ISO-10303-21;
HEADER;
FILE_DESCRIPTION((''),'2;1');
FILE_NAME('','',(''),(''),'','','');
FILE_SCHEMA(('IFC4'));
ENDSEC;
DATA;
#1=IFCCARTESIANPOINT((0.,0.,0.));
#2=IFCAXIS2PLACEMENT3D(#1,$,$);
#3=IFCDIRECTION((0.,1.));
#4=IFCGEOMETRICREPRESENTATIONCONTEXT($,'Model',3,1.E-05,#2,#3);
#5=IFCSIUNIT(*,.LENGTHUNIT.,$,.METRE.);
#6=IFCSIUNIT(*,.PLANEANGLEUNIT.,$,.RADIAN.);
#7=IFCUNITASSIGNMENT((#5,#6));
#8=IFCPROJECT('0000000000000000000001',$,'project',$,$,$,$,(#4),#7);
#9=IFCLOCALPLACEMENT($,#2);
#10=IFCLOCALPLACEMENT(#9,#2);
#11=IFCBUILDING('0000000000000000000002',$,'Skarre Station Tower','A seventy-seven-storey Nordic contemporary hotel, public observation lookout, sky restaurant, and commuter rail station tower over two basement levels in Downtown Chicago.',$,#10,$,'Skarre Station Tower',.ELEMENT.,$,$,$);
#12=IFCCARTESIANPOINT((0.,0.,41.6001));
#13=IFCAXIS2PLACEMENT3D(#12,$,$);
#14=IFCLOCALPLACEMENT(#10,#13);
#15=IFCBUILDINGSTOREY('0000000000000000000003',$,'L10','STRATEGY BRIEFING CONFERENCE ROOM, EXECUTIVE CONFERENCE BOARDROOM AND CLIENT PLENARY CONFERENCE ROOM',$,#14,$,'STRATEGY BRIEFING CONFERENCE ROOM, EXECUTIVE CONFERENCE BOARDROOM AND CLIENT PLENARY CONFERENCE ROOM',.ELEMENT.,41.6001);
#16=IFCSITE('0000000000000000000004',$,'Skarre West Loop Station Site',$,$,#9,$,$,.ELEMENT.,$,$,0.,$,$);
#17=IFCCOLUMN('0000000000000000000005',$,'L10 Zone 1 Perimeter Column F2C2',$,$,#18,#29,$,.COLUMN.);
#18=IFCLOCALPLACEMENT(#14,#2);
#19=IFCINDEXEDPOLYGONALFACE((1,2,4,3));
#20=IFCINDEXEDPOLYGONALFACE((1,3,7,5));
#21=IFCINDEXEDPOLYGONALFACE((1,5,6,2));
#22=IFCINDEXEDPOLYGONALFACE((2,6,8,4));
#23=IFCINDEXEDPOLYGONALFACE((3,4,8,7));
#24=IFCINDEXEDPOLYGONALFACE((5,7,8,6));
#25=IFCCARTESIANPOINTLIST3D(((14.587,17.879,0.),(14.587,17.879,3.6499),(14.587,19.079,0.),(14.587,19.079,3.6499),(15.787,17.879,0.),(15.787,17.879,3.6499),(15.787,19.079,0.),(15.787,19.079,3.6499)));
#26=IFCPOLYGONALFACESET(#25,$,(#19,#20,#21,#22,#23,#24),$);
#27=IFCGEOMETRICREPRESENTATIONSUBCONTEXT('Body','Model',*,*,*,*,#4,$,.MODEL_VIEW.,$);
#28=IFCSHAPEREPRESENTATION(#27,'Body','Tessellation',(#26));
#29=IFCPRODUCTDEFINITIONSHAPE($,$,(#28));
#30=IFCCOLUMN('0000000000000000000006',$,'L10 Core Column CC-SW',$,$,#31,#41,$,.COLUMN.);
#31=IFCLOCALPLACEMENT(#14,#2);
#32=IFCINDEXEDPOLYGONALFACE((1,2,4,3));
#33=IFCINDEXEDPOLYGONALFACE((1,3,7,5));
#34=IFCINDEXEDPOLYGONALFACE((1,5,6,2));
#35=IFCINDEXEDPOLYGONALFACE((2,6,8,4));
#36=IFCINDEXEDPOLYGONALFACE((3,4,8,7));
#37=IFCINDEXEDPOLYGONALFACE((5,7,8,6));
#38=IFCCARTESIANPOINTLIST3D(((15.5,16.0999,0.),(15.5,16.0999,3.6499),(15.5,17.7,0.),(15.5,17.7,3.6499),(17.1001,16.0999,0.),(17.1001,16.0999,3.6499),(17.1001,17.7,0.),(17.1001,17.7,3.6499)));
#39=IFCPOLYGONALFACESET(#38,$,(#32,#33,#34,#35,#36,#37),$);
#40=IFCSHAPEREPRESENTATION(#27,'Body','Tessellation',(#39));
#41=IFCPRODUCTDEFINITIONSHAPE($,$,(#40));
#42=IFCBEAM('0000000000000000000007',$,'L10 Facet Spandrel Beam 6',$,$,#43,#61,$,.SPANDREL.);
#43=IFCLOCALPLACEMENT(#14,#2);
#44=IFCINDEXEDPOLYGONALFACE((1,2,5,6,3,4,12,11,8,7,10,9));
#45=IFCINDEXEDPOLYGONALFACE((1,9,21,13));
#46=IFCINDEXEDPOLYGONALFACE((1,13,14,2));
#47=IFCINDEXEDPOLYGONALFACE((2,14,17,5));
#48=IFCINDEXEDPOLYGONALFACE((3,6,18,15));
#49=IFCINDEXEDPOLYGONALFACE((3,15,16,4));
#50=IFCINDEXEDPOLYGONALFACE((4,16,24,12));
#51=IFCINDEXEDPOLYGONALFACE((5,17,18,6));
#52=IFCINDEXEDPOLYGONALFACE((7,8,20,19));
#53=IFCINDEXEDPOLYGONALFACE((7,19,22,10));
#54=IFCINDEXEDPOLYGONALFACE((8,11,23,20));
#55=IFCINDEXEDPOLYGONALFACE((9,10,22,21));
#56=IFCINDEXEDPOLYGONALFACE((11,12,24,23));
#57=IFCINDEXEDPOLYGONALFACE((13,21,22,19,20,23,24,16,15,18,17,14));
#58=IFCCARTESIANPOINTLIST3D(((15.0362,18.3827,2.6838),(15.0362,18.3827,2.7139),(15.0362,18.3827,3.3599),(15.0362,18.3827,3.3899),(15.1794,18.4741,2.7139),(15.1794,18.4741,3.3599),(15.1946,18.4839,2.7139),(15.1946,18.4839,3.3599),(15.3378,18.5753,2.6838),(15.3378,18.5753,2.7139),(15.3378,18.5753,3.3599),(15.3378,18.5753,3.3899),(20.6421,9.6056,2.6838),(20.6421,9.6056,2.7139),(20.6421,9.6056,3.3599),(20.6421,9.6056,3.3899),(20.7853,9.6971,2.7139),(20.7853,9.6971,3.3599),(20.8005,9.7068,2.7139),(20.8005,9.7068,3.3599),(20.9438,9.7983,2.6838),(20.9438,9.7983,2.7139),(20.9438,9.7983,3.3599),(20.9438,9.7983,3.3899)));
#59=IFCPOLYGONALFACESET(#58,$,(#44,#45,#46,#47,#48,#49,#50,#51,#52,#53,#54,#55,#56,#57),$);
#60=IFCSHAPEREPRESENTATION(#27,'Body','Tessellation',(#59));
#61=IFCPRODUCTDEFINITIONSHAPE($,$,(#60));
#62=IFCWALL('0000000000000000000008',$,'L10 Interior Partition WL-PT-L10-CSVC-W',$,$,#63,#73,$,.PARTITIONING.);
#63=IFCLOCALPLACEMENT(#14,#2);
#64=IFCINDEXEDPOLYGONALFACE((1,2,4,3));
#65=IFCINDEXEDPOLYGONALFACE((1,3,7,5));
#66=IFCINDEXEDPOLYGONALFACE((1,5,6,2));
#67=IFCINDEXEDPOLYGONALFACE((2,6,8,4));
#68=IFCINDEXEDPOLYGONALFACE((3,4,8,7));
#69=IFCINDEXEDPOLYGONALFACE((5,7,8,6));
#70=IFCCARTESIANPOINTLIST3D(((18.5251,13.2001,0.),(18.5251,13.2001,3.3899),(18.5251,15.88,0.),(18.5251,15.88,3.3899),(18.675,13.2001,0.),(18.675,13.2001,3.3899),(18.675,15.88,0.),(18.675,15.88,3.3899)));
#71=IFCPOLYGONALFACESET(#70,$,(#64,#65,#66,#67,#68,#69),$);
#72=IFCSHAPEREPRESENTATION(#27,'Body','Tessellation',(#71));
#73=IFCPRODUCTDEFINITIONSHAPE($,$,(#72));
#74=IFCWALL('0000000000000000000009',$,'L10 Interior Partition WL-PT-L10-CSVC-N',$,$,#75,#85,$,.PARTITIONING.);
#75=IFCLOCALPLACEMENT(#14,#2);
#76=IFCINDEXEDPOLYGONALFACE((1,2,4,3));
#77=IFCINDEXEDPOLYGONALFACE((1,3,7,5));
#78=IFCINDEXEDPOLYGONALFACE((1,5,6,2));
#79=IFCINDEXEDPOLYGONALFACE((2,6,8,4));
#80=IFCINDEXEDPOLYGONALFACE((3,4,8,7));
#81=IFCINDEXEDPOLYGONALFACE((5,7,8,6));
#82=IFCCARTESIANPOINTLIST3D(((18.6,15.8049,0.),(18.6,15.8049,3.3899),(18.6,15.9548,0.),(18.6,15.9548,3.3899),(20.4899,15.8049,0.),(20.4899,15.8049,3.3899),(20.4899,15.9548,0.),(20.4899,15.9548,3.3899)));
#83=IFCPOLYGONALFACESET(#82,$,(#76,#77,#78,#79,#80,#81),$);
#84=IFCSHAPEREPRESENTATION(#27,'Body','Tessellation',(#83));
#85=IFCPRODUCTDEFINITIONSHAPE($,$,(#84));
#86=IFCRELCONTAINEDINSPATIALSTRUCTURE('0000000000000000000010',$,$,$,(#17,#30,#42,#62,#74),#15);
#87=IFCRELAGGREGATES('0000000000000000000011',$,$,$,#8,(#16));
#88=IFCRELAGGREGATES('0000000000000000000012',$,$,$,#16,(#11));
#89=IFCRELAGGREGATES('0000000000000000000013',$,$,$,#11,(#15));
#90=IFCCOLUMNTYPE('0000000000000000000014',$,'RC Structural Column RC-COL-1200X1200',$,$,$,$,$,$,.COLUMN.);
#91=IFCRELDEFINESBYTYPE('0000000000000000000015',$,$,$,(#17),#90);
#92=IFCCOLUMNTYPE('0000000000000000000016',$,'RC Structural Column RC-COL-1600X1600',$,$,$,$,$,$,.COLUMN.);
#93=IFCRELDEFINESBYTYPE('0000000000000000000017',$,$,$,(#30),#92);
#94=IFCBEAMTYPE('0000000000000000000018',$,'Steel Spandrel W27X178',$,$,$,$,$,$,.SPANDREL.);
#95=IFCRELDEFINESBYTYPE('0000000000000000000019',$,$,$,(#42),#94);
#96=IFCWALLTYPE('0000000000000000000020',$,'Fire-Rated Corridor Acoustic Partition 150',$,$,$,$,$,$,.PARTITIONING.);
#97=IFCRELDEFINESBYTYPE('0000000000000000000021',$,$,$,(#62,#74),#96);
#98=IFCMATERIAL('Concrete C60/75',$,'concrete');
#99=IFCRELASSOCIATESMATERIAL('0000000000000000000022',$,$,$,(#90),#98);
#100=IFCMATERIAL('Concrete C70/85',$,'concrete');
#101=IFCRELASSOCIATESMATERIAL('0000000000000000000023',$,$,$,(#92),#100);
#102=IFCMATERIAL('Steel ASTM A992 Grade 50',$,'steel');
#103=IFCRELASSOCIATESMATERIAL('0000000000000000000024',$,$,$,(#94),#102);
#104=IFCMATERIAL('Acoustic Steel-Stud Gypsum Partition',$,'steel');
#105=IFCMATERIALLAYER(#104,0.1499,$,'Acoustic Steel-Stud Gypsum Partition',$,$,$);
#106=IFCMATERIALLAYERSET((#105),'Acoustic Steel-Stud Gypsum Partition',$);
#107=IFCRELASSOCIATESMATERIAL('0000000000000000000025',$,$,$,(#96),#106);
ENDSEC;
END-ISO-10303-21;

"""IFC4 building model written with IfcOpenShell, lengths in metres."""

from ifc_helpers import new_model, si_unit, direction, frame, frame_2d, origin, origin_2d, place, context, subcontext, project, spatial, rectangle, i_section, extrude, material, layer, layer_set, material_profile, profile_set, type_object, element, save


model = new_model("IFC4")

# Units and contexts
model_context = context("Model", 3, precision=1e-05, world=origin(), true_north=direction((0.0, 1.0)))
body_context = subcontext(model_context, "Body", "Model", "MODEL_VIEW")
ifc_project = project(units=[si_unit("LENGTHUNIT", "METRE"), si_unit("PLANEANGLEUNIT", "RADIAN")], contexts=[model_context])

# Site, building, storey
site_placement = place(None, origin())
site = spatial("IfcSite", under=ifc_project, at=site_placement, Name="Skarre West Loop Station Site", CompositionType="ELEMENT", RefElevation=0.0)
building_placement = place(site_placement, origin())
building = spatial("IfcBuilding", under=site, at=building_placement, Name="Skarre Station Tower", Description="A seventy-seven-storey Nordic contemporary hotel, public observation lookout, sky restaurant, and commuter rail station tower over two basement levels in Downtown Chicago.", LongName="Skarre Station Tower", CompositionType="ELEMENT")
storey_placement = place(building_placement, frame((0.0, 0.0, 41.6001)))
storey = spatial("IfcBuildingStorey", under=building, at=storey_placement, Name="L10", Description="STRATEGY BRIEFING CONFERENCE ROOM, EXECUTIVE CONFERENCE BOARDROOM AND CLIENT PLENARY CONFERENCE ROOM", LongName="STRATEGY BRIEFING CONFERENCE ROOM, EXECUTIVE CONFERENCE BOARDROOM AND CLIENT PLENARY CONFERENCE ROOM", CompositionType="ELEMENT", Elevation=41.6001)

# Columns
ifc_material_1 = material(Name="Concrete C60/75", Category="concrete")
ifc_material_profile_1 = material_profile(ifc_material_1, rectangle(XDim=1.2, YDim=1.2, at=origin_2d()), Name="Concrete C60/75")
ifc_profile_set_1 = profile_set([ifc_material_profile_1], Name="Concrete C60/75")
column_type_1 = type_object("IfcColumnType", Name="RC Structural Column RC-COL-1200X1200", PredefinedType="COLUMN", material=ifc_profile_set_1)
column_1_placement = place(storey_placement, frame((15.187, 18.479, 0.0), z_axis=(0.0, 0.0, 1.0), x_axis=(1.0, 0.0, 0.0)))
element("IfcColumn", 1, at=column_1_placement, inside=storey, type_object=column_type_1, Name="L10 Zone 1 Perimeter Column F2C2", PredefinedType="COLUMN", context=body_context, shape_type="SweptSolid", body=[
    extrude(rectangle(XDim=1.2, YDim=1.2, at=origin_2d()), origin(), (0.0, 0.0, 1.0), 3.6499),
])
ifc_material_2 = material(Name="Concrete C70/85", Category="concrete")
ifc_material_profile_2 = material_profile(ifc_material_2, rectangle(XDim=1.6001, YDim=1.6001, at=origin_2d()), Name="Concrete C70/85")
ifc_profile_set_2 = profile_set([ifc_material_profile_2], Name="Concrete C70/85")
column_type_2 = type_object("IfcColumnType", Name="RC Structural Column RC-COL-1600X1600", PredefinedType="COLUMN", material=ifc_profile_set_2)
column_2_placement = place(storey_placement, frame((16.3, 16.8999, 0.0), z_axis=(0.0, 0.0, 1.0), x_axis=(1.0, 0.0, 0.0)))
element("IfcColumn", 2, at=column_2_placement, inside=storey, type_object=column_type_2, Name="L10 Core Column CC-SW", PredefinedType="COLUMN", context=body_context, shape_type="SweptSolid", body=[
    extrude(rectangle(XDim=1.6001, YDim=1.6001, at=origin_2d()), origin(), (0.0, 0.0, 1.0), 3.6499),
])

# Beam
ifc_material_3 = material(Name="Steel ASTM A992 Grade 50", Category="steel")
ifc_material_profile_3 = material_profile(ifc_material_3, i_section(OverallWidth=0.3579, OverallDepth=0.7061, WebThickness=0.0181, FlangeThickness=0.03, at=origin_2d()), Name="Steel ASTM A992 Grade 50")
ifc_profile_set_3 = profile_set([ifc_material_profile_3], Name="Steel ASTM A992 Grade 50")
beam_type = type_object("IfcBeamType", Name="Steel Spandrel W27X178", PredefinedType="SPANDREL", material=ifc_profile_set_3)
beam_placement = place(storey_placement, frame((15.187, 18.479, 3.0369), z_axis=(0.538278, -0.842767, 0.0), x_axis=(0.842767, 0.538278, 0.0)))
element("IfcBeam", 3, at=beam_placement, inside=storey, type_object=beam_type, Name="L10 Facet Spandrel Beam 6", PredefinedType="SPANDREL", context=body_context, shape_type="SweptSolid", body=[
    extrude(i_section(OverallWidth=0.3579, OverallDepth=0.7061, WebThickness=0.0181, FlangeThickness=0.03, at=origin_2d()), origin(), (0.0, 0.0, 1.0), 10.4146),
])

# Walls
ifc_material_4 = material(Name="Acoustic Steel-Stud Gypsum Partition", Category="steel")
ifc_layer_1 = layer(ifc_material_4, 0.1499, Name="Acoustic Steel-Stud Gypsum Partition")
ifc_layer_set_1 = layer_set([ifc_layer_1], Name="Acoustic Steel-Stud Gypsum Partition")
wall_type_1 = type_object("IfcWallType", Name="Fire-Rated Corridor Acoustic Partition 150", PredefinedType="PARTITIONING", material=ifc_layer_set_1)
wall_1_placement = place(storey_placement, frame((18.6001, 15.8799, 0.0), z_axis=(0.0, 0.0, 1.0), x_axis=(0.0, -1.0, 0.0)))
element("IfcWall", 4, at=wall_1_placement, inside=storey, type_object=wall_type_1, Name="L10 Interior Partition WL-PT-L10-CSVC-W", PredefinedType="PARTITIONING", context=body_context, shape_type="SweptSolid", body=[
    extrude(rectangle(XDim=2.6799, YDim=0.1499, at=frame_2d((1.3398, 0.0))), origin(), (0.0, 0.0, 1.0), 3.3899),
])
wall_2_placement = place(storey_placement, frame((18.6001, 15.8799, 0.0), z_axis=(0.0, 0.0, 1.0), x_axis=(1.0, 0.0, 0.0)))
element("IfcWall", 5, at=wall_2_placement, inside=storey, type_object=wall_type_1, Name="L10 Interior Partition WL-PT-L10-CSVC-N", PredefinedType="PARTITIONING", context=body_context, shape_type="SweptSolid", body=[
    extrude(rectangle(XDim=1.8899, YDim=0.1499, at=frame_2d((0.9448, 0.0))), origin(), (0.0, 0.0, 1.0), 3.3899),
])

save(model, "model.ifc")
